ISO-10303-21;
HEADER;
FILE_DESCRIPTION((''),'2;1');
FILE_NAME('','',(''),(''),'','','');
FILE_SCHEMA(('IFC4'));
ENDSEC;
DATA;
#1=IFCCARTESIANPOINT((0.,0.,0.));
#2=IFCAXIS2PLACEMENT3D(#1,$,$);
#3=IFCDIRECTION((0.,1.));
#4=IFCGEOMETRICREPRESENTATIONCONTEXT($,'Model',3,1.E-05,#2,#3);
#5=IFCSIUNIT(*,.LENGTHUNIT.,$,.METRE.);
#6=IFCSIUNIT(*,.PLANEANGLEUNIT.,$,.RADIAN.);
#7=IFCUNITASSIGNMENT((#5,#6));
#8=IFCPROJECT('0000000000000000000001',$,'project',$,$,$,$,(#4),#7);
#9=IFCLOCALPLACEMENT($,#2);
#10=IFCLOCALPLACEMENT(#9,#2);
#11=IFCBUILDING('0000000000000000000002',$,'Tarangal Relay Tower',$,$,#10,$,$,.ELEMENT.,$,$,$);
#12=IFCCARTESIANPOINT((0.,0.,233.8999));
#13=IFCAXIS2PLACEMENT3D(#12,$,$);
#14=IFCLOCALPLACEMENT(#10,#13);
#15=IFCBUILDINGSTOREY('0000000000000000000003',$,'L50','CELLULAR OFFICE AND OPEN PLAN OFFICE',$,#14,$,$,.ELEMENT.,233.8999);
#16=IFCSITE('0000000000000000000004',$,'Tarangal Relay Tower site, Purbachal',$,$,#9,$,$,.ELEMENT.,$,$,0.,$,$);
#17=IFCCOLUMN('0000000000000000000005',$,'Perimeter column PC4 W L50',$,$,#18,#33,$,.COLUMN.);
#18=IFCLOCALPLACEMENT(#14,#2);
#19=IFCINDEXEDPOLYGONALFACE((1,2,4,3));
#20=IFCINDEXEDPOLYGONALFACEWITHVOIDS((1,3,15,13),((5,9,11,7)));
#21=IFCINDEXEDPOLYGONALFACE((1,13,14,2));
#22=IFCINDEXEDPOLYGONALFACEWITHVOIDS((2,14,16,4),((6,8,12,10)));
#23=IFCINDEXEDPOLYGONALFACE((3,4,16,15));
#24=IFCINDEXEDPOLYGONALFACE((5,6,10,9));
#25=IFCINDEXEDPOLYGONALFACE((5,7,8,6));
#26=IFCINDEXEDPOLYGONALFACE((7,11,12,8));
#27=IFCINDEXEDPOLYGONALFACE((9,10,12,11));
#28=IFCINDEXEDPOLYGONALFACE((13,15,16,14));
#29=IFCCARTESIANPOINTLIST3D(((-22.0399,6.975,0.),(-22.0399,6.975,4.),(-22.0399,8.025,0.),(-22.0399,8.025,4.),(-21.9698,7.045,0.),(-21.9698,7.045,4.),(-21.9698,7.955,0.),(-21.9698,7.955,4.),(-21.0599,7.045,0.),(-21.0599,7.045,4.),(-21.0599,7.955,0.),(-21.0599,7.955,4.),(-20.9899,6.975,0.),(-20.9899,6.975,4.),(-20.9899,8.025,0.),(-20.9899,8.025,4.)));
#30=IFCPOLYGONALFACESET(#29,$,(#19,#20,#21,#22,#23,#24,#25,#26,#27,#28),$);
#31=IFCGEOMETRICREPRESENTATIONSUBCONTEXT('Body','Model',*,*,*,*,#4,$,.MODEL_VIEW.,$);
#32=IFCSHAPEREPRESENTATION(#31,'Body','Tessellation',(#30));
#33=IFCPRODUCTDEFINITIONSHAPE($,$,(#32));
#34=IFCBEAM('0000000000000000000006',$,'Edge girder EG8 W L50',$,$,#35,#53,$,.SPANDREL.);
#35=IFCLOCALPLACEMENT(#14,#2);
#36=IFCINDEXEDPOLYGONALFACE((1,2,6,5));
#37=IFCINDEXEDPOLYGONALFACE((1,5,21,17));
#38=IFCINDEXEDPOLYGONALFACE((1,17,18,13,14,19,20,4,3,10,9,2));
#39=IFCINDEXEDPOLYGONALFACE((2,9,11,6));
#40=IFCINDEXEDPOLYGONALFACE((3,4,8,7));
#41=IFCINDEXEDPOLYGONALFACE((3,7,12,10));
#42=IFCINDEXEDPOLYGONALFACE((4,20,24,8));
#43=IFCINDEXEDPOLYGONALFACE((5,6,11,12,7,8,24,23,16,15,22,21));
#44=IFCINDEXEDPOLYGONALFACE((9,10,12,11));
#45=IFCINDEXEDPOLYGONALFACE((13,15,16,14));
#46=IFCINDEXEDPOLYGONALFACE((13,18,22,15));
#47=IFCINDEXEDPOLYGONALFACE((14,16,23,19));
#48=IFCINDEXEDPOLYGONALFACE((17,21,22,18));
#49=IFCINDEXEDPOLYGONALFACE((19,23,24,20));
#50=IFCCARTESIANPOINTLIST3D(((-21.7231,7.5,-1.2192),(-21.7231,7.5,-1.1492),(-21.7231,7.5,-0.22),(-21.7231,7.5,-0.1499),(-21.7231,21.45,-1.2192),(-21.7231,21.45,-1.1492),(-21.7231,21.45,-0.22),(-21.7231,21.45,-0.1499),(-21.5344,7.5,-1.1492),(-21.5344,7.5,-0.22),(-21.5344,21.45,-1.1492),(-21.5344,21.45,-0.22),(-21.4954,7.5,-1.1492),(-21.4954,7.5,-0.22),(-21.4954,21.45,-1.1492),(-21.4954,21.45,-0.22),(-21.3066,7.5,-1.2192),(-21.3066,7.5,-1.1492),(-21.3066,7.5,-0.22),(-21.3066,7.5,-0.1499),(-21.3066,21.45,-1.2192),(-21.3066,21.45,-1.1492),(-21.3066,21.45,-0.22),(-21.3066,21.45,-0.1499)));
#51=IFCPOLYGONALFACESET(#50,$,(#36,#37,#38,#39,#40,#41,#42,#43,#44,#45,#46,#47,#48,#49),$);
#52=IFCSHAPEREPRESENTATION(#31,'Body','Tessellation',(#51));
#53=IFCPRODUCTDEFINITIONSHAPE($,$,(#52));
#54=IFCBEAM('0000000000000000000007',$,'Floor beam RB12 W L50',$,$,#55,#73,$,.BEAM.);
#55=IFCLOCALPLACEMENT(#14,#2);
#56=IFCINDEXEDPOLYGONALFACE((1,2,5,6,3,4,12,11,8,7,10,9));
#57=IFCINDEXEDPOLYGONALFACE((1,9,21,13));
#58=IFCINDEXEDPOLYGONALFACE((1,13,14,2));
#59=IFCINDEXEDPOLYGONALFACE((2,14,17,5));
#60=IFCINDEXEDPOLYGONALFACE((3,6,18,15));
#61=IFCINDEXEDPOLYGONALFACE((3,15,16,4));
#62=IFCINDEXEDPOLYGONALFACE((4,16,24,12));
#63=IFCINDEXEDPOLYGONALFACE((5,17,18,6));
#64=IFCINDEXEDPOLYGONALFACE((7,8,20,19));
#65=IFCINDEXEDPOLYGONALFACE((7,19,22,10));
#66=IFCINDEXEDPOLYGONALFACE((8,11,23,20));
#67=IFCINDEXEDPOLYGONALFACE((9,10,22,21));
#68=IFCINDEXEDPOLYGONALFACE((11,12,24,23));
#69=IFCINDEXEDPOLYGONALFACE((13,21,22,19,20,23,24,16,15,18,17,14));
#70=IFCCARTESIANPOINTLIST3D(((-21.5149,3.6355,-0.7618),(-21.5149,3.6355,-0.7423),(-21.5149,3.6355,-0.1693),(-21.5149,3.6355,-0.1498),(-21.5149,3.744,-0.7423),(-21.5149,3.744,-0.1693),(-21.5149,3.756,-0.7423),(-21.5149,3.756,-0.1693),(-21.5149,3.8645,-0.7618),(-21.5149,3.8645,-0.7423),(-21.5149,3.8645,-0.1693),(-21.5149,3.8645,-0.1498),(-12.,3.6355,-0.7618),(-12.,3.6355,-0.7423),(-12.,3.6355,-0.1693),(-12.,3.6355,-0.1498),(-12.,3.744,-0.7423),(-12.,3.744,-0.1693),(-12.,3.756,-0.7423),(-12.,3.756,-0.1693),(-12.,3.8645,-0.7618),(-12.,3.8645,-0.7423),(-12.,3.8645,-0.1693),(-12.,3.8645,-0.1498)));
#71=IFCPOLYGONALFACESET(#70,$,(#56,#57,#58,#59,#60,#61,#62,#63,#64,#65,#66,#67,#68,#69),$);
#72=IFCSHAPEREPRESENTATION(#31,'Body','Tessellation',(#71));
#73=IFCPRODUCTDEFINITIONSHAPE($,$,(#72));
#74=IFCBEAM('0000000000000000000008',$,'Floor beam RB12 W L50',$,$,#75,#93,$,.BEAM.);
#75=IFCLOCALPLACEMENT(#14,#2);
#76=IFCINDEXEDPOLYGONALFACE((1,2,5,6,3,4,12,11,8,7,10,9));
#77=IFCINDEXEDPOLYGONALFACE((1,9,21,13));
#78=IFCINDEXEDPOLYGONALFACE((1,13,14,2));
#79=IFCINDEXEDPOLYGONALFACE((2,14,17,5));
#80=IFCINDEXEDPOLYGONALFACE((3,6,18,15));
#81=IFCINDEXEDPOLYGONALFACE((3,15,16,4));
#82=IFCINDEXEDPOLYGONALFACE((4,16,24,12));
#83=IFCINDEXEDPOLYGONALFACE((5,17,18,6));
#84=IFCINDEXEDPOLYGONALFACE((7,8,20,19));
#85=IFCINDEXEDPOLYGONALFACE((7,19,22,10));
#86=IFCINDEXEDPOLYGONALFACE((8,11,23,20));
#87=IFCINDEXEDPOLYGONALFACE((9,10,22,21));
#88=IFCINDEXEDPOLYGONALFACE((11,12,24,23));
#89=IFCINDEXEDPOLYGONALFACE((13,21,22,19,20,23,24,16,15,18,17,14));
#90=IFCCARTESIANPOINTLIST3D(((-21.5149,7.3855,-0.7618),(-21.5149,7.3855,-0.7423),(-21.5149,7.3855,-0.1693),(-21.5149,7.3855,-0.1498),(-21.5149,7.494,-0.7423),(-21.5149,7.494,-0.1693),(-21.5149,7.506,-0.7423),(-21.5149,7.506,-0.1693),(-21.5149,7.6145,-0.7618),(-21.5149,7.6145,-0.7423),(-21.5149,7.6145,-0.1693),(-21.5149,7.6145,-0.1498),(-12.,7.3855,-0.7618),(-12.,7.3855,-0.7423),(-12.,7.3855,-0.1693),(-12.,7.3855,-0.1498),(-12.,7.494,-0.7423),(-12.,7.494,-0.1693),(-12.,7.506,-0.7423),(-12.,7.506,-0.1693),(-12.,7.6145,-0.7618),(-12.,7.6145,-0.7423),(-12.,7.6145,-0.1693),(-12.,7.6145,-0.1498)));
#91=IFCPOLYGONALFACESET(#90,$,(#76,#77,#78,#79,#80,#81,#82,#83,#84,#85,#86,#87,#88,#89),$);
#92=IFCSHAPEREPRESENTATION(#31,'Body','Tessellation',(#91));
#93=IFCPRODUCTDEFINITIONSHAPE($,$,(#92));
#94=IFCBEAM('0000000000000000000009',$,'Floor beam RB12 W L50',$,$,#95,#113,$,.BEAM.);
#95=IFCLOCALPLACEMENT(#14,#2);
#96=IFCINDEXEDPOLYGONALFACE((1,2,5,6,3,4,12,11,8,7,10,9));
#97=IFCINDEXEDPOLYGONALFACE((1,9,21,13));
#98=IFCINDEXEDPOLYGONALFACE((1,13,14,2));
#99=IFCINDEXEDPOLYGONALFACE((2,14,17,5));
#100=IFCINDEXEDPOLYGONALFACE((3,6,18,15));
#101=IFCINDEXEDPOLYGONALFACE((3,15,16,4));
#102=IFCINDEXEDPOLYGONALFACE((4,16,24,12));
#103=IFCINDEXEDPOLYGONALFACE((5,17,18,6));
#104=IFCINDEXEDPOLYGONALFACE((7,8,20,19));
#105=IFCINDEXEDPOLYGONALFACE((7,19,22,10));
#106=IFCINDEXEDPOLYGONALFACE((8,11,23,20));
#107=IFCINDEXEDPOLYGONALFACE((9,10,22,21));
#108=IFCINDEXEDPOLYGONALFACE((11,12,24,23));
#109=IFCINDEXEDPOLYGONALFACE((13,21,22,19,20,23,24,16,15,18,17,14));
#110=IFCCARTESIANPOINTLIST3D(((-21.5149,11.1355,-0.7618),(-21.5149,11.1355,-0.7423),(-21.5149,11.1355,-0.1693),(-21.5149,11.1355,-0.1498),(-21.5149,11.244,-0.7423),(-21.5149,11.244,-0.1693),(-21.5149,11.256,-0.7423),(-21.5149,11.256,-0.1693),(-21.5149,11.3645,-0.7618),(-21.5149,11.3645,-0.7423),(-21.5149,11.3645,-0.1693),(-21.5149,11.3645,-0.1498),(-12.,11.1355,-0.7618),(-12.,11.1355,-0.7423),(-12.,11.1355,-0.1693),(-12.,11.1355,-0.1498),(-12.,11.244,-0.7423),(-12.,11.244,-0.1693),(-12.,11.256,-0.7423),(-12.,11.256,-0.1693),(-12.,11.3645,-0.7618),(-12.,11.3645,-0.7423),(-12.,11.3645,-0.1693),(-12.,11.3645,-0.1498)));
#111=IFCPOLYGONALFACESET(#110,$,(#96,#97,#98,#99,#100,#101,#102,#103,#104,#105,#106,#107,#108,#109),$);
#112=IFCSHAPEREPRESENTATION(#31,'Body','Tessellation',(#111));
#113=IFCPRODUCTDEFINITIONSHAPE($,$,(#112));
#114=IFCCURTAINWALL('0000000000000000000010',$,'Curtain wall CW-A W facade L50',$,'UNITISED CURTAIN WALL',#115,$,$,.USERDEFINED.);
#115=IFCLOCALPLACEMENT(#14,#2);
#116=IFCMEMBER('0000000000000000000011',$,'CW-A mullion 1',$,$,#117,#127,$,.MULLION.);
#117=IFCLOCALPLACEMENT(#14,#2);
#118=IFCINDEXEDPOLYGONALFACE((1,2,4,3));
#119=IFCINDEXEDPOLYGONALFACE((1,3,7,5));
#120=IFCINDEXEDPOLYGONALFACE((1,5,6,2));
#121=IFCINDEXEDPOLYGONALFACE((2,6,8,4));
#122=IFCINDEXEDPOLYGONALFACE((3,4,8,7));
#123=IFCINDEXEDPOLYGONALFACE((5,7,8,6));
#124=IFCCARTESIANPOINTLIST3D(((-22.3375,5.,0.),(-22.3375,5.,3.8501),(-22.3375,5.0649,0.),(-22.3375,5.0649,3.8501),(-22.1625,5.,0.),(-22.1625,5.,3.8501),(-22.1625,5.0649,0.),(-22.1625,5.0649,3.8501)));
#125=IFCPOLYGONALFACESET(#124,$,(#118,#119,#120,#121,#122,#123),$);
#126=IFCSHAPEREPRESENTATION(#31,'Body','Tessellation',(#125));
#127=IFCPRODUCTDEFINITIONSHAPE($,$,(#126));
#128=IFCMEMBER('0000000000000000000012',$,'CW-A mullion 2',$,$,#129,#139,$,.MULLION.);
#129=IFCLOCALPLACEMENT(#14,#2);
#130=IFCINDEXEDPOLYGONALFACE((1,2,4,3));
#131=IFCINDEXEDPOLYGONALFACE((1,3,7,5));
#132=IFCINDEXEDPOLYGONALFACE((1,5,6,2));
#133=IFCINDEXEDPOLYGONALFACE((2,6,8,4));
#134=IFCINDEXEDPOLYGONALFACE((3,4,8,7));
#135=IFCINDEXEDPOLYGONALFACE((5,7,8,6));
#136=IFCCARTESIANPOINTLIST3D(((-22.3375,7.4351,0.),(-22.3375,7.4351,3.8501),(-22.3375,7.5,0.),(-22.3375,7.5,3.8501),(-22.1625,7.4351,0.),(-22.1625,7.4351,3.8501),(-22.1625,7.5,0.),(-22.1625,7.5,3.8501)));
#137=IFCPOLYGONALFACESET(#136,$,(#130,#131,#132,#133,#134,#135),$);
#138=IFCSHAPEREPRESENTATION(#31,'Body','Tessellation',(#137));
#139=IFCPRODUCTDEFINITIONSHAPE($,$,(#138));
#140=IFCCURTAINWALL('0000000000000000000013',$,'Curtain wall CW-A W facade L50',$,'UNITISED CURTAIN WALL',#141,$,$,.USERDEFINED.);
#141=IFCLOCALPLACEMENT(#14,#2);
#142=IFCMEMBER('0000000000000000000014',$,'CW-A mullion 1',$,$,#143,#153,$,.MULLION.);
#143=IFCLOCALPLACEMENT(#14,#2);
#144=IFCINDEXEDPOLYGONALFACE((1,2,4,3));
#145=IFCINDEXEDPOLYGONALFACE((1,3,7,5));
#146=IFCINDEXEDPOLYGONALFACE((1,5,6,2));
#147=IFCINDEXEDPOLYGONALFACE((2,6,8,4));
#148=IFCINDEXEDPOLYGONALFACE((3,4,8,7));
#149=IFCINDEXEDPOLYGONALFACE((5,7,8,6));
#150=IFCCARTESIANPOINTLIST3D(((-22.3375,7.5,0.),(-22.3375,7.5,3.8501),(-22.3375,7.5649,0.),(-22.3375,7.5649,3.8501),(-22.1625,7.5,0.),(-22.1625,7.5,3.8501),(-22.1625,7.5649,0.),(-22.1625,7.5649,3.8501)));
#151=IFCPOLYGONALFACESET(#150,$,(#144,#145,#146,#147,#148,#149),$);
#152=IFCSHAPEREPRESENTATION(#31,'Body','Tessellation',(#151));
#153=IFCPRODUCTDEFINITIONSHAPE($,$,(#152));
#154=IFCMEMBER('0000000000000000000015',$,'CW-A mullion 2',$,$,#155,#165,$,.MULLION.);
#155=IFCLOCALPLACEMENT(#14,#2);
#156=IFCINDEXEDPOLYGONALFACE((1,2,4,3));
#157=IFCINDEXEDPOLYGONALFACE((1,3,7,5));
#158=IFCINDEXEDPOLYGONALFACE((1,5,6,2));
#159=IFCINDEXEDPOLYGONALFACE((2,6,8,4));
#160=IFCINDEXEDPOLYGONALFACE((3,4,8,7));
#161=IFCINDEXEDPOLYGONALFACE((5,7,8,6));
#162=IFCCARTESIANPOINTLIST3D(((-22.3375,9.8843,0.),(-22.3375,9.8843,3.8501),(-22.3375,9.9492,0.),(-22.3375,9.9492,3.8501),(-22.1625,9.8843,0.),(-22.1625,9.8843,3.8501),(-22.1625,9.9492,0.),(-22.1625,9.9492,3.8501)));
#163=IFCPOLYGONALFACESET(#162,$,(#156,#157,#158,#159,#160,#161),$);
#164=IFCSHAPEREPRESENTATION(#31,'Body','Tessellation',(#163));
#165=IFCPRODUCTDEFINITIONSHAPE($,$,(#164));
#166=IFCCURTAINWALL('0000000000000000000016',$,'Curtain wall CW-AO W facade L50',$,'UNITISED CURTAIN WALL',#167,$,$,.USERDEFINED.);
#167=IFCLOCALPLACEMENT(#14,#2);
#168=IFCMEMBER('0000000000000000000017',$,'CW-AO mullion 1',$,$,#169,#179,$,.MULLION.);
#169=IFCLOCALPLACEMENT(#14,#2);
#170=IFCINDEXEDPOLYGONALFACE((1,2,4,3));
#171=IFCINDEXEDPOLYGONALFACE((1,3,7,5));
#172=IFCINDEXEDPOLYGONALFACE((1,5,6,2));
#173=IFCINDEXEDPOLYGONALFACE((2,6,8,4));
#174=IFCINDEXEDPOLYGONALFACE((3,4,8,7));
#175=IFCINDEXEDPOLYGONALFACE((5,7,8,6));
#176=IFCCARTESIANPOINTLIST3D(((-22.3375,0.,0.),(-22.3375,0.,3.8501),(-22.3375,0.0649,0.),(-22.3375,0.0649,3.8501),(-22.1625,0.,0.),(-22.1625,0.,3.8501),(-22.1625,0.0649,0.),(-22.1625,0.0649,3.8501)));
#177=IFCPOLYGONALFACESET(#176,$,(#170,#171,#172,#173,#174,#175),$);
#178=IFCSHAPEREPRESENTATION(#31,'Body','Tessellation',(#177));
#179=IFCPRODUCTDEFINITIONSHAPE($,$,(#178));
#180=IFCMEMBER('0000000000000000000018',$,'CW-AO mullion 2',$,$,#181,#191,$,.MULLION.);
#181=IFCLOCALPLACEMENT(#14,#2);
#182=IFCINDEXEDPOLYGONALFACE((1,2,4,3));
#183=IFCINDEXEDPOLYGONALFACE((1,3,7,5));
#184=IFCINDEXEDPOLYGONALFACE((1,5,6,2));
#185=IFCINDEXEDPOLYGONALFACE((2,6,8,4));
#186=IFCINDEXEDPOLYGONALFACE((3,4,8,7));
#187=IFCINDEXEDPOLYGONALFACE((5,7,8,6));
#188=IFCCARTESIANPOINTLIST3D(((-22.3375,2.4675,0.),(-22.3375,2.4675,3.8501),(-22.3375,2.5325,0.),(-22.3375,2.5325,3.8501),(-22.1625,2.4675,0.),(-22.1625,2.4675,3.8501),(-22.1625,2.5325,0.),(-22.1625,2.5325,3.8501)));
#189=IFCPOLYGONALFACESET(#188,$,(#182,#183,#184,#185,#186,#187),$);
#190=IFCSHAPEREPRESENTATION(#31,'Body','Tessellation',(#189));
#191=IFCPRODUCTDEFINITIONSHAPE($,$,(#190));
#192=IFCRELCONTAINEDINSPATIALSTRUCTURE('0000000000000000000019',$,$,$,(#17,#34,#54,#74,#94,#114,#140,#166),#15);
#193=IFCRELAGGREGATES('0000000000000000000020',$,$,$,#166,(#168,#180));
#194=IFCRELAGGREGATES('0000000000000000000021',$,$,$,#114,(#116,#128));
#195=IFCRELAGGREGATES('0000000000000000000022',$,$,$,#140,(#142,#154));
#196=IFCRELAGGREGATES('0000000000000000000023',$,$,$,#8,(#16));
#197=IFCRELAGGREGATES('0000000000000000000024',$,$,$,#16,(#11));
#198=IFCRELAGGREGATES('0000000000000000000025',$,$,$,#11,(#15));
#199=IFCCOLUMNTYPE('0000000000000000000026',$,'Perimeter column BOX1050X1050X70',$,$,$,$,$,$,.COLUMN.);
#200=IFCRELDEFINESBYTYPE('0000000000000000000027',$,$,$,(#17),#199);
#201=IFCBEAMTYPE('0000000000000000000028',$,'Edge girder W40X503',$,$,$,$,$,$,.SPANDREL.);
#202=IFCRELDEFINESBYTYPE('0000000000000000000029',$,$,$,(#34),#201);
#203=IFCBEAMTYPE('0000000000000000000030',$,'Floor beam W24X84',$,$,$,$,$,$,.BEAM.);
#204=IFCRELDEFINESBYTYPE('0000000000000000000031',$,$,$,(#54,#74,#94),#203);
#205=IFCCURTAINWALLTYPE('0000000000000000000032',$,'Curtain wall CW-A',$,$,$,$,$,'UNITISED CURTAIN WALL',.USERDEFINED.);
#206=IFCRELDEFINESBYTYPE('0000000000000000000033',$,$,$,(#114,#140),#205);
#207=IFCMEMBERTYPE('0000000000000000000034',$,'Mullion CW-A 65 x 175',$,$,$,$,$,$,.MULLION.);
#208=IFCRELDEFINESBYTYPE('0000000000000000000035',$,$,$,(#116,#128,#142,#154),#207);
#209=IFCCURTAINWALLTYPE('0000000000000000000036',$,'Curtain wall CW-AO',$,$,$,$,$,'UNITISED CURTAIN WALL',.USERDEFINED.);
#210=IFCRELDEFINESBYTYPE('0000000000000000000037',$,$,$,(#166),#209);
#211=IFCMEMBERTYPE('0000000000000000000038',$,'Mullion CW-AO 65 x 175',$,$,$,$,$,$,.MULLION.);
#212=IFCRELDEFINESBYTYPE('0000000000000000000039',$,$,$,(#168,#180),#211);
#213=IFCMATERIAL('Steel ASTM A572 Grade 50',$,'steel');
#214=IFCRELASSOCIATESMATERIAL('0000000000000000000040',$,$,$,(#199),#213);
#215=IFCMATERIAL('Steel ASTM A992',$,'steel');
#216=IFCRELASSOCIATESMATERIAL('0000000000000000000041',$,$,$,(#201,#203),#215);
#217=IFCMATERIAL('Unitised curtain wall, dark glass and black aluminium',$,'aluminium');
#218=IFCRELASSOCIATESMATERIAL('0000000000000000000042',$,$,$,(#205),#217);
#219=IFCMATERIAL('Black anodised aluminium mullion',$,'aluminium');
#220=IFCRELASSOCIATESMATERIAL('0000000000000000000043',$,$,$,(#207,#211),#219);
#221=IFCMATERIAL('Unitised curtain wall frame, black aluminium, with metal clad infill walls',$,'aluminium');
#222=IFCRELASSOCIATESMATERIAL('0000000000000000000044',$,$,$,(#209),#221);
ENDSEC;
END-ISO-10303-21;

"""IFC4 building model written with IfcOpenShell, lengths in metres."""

from ifc_helpers import new_model, si_unit, direction, frame, origin, origin_2d, place, context, subcontext, project, spatial, rectangle, hollow_rectangle, i_section, extrude, material, material_profile, profile_set, type_object, element, aggregate, save


model = new_model("IFC4")

# Units and contexts
model_context = context("Model", 3, precision=1e-05, world=origin(), true_north=direction((0.0, 1.0)))
body_context = subcontext(model_context, "Body", "Model", "MODEL_VIEW")
ifc_project = project(units=[si_unit("LENGTHUNIT", "METRE"), si_unit("PLANEANGLEUNIT", "RADIAN")], contexts=[model_context])

# Site, building, storey
site_placement = place(None, origin())
site = spatial("IfcSite", under=ifc_project, at=site_placement, Name="Tarangal Relay Tower site, Purbachal", CompositionType="ELEMENT", RefElevation=0.0)
building_placement = place(site_placement, origin())
building = spatial("IfcBuilding", under=site, at=building_placement, Name="Tarangal Relay Tower", CompositionType="ELEMENT")
storey_placement = place(building_placement, frame((0.0, 0.0, 233.8999)))
storey = spatial("IfcBuildingStorey", under=building, at=storey_placement, Name="L50", Description="CELLULAR OFFICE AND OPEN PLAN OFFICE", CompositionType="ELEMENT", Elevation=233.8999)

# Column
ifc_material_1 = material(Name="Steel ASTM A572 Grade 50", Category="steel")
ifc_material_profile_1 = material_profile(ifc_material_1, hollow_rectangle(XDim=1.05, YDim=1.05, WallThickness=0.0701, at=origin_2d()), Name="BOX1050X1050X70")
ifc_profile_set_1 = profile_set([ifc_material_profile_1], Name="Steel ASTM A572 Grade 50")
column_type = type_object("IfcColumnType", Name="Perimeter column BOX1050X1050X70", PredefinedType="COLUMN", material=ifc_profile_set_1)
column_placement = place(storey_placement, frame((-21.5149, 7.5, 0.0), z_axis=(0.0, 0.0, 1.0), x_axis=(1.0, 0.0, 0.0)))
element("IfcColumn", 1, at=column_placement, inside=storey, type_object=column_type, Name="Perimeter column PC4 W L50", PredefinedType="COLUMN", context=body_context, shape_type="SweptSolid", body=[
    extrude(hollow_rectangle(XDim=1.05, YDim=1.05, WallThickness=0.0701, at=origin_2d()), origin(), (0.0, 0.0, 1.0), 4.0),
])

# Beams
ifc_material_2 = material(Name="Steel ASTM A992", Category="steel")
ifc_material_profile_2 = material_profile(ifc_material_2, i_section(OverallWidth=0.4165, OverallDepth=1.0693, WebThickness=0.0391, FlangeThickness=0.0701, at=origin_2d()), Name="W40X503")
ifc_profile_set_2 = profile_set([ifc_material_profile_2], Name="Steel ASTM A992")
beam_type_1 = type_object("IfcBeamType", Name="Edge girder W40X503", PredefinedType="SPANDREL", material=ifc_profile_set_2)
beam_placement = place(storey_placement, frame((-21.5149, 7.5, -0.6846), z_axis=(0.0, 1.0, 0.0), x_axis=(-1.0, 0.0, 0.0)))
element("IfcBeam", 2, at=beam_placement, inside=storey, type_object=beam_type_1, Name="Edge girder EG8 W L50", PredefinedType="SPANDREL", context=body_context, shape_type="SweptSolid", body=[
    extrude(i_section(OverallWidth=0.4165, OverallDepth=1.0693, WebThickness=0.0391, FlangeThickness=0.0701, at=origin_2d()), origin(), (0.0, 0.0, 1.0), 13.95),
])
ifc_material_profile_3 = material_profile(ifc_material_2, i_section(OverallWidth=0.229, OverallDepth=0.6121, WebThickness=0.012, FlangeThickness=0.0195, at=origin_2d()), Name="W24X84")
ifc_profile_set_3 = profile_set([ifc_material_profile_3], Name="Steel ASTM A992")
beam_type_2 = type_object("IfcBeamType", Name="Floor beam W24X84", PredefinedType="BEAM", material=ifc_profile_set_3)
for number, where, z_axis, x_axis, name in (
    (3, (-12.0, 3.75, -0.4558), (-1.0, 0.0, 0.0), (0.0, -1.0, 0.0), "Floor beam RB12 W L50"),
    (4, (-12.0, 7.5, -0.4558), (-1.0, 0.0, 0.0), (0.0, -1.0, 0.0), "Floor beam RB12 W L50"),
    (5, (-12.0, 11.25, -0.4558), (-1.0, 0.0, 0.0), (0.0, -1.0, 0.0), "Floor beam RB12 W L50"),
):
    element("IfcBeam", number, at=place(storey_placement, frame(where, z_axis=z_axis, x_axis=x_axis)), inside=storey, type_object=beam_type_2, Name=name, PredefinedType="BEAM", context=body_context, shape_type="SweptSolid", body=[
        extrude(i_section(OverallWidth=0.229, OverallDepth=0.6121, WebThickness=0.012, FlangeThickness=0.0195, at=origin_2d()), origin(), (0.0, 0.0, 1.0), 9.5149),
    ])

# Curtain walls, members
ifc_material_3 = material(Name="Unitised curtain wall, dark glass and black aluminium", Category="aluminium")
curtain_wall_type_1 = type_object("IfcCurtainWallType", Name="Curtain wall CW-A", ElementType="UNITISED CURTAIN WALL", PredefinedType="USERDEFINED", material=ifc_material_3)
curtain_wall_1_placement = place(storey_placement, origin())
curtain_wall_1 = element("IfcCurtainWall", 6, at=curtain_wall_1_placement, inside=storey, type_object=curtain_wall_type_1, Name="Curtain wall CW-A W facade L50", ObjectType="UNITISED CURTAIN WALL", PredefinedType="USERDEFINED")
ifc_material_4 = material(Name="Black anodised aluminium mullion", Category="aluminium")
ifc_material_profile_4 = material_profile(ifc_material_4, rectangle(XDim=0.175, YDim=0.0649, at=origin_2d()), Name="CW-AM 65X175")
ifc_profile_set_4 = profile_set([ifc_material_profile_4], Name="Black anodised aluminium mullion")
member_type_1 = type_object("IfcMemberType", Name="Mullion CW-A 65 x 175", PredefinedType="MULLION", material=ifc_profile_set_4)
member_1_placement = place(storey_placement, frame((-22.25, 5.0325, 0.0), z_axis=(0.0, 0.0, 1.0), x_axis=(-1.0, 0.0, 0.0)))
member_1 = element("IfcMember", 7, at=member_1_placement, type_object=member_type_1, Name="CW-A mullion 1", PredefinedType="MULLION", context=body_context, shape_type="SweptSolid", body=[
    extrude(rectangle(XDim=0.175, YDim=0.0649, at=origin_2d()), origin(), (0.0, 0.0, 1.0), 3.8501),
])
member_2_placement = place(storey_placement, frame((-22.25, 7.4675, 0.0), z_axis=(0.0, 0.0, 1.0), x_axis=(-1.0, 0.0, 0.0)))
member_2 = element("IfcMember", 8, at=member_2_placement, type_object=member_type_1, Name="CW-A mullion 2", PredefinedType="MULLION", context=body_context, shape_type="SweptSolid", body=[
    extrude(rectangle(XDim=0.175, YDim=0.0649, at=origin_2d()), origin(), (0.0, 0.0, 1.0), 3.8501),
])
curtain_wall_2_placement = place(storey_placement, origin())
curtain_wall_2 = element("IfcCurtainWall", 9, at=curtain_wall_2_placement, inside=storey, type_object=curtain_wall_type_1, Name="Curtain wall CW-A W facade L50", ObjectType="UNITISED CURTAIN WALL", PredefinedType="USERDEFINED")
member_3_placement = place(storey_placement, frame((-22.25, 7.5325, 0.0), z_axis=(0.0, 0.0, 1.0), x_axis=(-1.0, 0.0, 0.0)))
member_3 = element("IfcMember", 10, at=member_3_placement, type_object=member_type_1, Name="CW-A mullion 1", PredefinedType="MULLION", context=body_context, shape_type="SweptSolid", body=[
    extrude(rectangle(XDim=0.175, YDim=0.0649, at=origin_2d()), origin(), (0.0, 0.0, 1.0), 3.8501),
])
member_4_placement = place(storey_placement, frame((-22.25, 9.9167, 0.0), z_axis=(0.0, 0.0, 1.0), x_axis=(-1.0, 0.0, 0.0)))
member_4 = element("IfcMember", 11, at=member_4_placement, type_object=member_type_1, Name="CW-A mullion 2", PredefinedType="MULLION", context=body_context, shape_type="SweptSolid", body=[
    extrude(rectangle(XDim=0.175, YDim=0.0649, at=origin_2d()), origin(), (0.0, 0.0, 1.0), 3.8501),
])
ifc_material_5 = material(Name="Unitised curtain wall frame, black aluminium, with metal clad infill walls", Category="aluminium")
curtain_wall_type_2 = type_object("IfcCurtainWallType", Name="Curtain wall CW-AO", ElementType="UNITISED CURTAIN WALL", PredefinedType="USERDEFINED", material=ifc_material_5)
curtain_wall_3_placement = place(storey_placement, origin())
curtain_wall_3 = element("IfcCurtainWall", 12, at=curtain_wall_3_placement, inside=storey, type_object=curtain_wall_type_2, Name="Curtain wall CW-AO W facade L50", ObjectType="UNITISED CURTAIN WALL", PredefinedType="USERDEFINED")
ifc_material_profile_5 = material_profile(ifc_material_4, rectangle(XDim=0.175, YDim=0.0649, at=origin_2d()), Name="CW-AOM 65X175")
ifc_profile_set_5 = profile_set([ifc_material_profile_5], Name="Black anodised aluminium mullion")
member_type_2 = type_object("IfcMemberType", Name="Mullion CW-AO 65 x 175", PredefinedType="MULLION", material=ifc_profile_set_5)
member_5_placement = place(storey_placement, frame((-22.25, 0.0325, 0.0), z_axis=(0.0, 0.0, 1.0), x_axis=(-1.0, 0.0, 0.0)))
member_5 = element("IfcMember", 13, at=member_5_placement, type_object=member_type_2, Name="CW-AO mullion 1", PredefinedType="MULLION", context=body_context, shape_type="SweptSolid", body=[
    extrude(rectangle(XDim=0.175, YDim=0.0649, at=origin_2d()), origin(), (0.0, 0.0, 1.0), 3.8501),
])
member_6_placement = place(storey_placement, frame((-22.25, 2.5, 0.0), z_axis=(0.0, 0.0, 1.0), x_axis=(-1.0, 0.0, 0.0)))
member_6 = element("IfcMember", 14, at=member_6_placement, type_object=member_type_2, Name="CW-AO mullion 2", PredefinedType="MULLION", context=body_context, shape_type="SweptSolid", body=[
    extrude(rectangle(XDim=0.175, YDim=0.0649, at=origin_2d()), origin(), (0.0, 0.0, 1.0), 3.8501),
])

aggregate(curtain_wall_3, [member_5, member_6])

aggregate(curtain_wall_1, [member_1, member_2])
aggregate(curtain_wall_2, [member_3, member_4])

save(model, "model.ifc")
